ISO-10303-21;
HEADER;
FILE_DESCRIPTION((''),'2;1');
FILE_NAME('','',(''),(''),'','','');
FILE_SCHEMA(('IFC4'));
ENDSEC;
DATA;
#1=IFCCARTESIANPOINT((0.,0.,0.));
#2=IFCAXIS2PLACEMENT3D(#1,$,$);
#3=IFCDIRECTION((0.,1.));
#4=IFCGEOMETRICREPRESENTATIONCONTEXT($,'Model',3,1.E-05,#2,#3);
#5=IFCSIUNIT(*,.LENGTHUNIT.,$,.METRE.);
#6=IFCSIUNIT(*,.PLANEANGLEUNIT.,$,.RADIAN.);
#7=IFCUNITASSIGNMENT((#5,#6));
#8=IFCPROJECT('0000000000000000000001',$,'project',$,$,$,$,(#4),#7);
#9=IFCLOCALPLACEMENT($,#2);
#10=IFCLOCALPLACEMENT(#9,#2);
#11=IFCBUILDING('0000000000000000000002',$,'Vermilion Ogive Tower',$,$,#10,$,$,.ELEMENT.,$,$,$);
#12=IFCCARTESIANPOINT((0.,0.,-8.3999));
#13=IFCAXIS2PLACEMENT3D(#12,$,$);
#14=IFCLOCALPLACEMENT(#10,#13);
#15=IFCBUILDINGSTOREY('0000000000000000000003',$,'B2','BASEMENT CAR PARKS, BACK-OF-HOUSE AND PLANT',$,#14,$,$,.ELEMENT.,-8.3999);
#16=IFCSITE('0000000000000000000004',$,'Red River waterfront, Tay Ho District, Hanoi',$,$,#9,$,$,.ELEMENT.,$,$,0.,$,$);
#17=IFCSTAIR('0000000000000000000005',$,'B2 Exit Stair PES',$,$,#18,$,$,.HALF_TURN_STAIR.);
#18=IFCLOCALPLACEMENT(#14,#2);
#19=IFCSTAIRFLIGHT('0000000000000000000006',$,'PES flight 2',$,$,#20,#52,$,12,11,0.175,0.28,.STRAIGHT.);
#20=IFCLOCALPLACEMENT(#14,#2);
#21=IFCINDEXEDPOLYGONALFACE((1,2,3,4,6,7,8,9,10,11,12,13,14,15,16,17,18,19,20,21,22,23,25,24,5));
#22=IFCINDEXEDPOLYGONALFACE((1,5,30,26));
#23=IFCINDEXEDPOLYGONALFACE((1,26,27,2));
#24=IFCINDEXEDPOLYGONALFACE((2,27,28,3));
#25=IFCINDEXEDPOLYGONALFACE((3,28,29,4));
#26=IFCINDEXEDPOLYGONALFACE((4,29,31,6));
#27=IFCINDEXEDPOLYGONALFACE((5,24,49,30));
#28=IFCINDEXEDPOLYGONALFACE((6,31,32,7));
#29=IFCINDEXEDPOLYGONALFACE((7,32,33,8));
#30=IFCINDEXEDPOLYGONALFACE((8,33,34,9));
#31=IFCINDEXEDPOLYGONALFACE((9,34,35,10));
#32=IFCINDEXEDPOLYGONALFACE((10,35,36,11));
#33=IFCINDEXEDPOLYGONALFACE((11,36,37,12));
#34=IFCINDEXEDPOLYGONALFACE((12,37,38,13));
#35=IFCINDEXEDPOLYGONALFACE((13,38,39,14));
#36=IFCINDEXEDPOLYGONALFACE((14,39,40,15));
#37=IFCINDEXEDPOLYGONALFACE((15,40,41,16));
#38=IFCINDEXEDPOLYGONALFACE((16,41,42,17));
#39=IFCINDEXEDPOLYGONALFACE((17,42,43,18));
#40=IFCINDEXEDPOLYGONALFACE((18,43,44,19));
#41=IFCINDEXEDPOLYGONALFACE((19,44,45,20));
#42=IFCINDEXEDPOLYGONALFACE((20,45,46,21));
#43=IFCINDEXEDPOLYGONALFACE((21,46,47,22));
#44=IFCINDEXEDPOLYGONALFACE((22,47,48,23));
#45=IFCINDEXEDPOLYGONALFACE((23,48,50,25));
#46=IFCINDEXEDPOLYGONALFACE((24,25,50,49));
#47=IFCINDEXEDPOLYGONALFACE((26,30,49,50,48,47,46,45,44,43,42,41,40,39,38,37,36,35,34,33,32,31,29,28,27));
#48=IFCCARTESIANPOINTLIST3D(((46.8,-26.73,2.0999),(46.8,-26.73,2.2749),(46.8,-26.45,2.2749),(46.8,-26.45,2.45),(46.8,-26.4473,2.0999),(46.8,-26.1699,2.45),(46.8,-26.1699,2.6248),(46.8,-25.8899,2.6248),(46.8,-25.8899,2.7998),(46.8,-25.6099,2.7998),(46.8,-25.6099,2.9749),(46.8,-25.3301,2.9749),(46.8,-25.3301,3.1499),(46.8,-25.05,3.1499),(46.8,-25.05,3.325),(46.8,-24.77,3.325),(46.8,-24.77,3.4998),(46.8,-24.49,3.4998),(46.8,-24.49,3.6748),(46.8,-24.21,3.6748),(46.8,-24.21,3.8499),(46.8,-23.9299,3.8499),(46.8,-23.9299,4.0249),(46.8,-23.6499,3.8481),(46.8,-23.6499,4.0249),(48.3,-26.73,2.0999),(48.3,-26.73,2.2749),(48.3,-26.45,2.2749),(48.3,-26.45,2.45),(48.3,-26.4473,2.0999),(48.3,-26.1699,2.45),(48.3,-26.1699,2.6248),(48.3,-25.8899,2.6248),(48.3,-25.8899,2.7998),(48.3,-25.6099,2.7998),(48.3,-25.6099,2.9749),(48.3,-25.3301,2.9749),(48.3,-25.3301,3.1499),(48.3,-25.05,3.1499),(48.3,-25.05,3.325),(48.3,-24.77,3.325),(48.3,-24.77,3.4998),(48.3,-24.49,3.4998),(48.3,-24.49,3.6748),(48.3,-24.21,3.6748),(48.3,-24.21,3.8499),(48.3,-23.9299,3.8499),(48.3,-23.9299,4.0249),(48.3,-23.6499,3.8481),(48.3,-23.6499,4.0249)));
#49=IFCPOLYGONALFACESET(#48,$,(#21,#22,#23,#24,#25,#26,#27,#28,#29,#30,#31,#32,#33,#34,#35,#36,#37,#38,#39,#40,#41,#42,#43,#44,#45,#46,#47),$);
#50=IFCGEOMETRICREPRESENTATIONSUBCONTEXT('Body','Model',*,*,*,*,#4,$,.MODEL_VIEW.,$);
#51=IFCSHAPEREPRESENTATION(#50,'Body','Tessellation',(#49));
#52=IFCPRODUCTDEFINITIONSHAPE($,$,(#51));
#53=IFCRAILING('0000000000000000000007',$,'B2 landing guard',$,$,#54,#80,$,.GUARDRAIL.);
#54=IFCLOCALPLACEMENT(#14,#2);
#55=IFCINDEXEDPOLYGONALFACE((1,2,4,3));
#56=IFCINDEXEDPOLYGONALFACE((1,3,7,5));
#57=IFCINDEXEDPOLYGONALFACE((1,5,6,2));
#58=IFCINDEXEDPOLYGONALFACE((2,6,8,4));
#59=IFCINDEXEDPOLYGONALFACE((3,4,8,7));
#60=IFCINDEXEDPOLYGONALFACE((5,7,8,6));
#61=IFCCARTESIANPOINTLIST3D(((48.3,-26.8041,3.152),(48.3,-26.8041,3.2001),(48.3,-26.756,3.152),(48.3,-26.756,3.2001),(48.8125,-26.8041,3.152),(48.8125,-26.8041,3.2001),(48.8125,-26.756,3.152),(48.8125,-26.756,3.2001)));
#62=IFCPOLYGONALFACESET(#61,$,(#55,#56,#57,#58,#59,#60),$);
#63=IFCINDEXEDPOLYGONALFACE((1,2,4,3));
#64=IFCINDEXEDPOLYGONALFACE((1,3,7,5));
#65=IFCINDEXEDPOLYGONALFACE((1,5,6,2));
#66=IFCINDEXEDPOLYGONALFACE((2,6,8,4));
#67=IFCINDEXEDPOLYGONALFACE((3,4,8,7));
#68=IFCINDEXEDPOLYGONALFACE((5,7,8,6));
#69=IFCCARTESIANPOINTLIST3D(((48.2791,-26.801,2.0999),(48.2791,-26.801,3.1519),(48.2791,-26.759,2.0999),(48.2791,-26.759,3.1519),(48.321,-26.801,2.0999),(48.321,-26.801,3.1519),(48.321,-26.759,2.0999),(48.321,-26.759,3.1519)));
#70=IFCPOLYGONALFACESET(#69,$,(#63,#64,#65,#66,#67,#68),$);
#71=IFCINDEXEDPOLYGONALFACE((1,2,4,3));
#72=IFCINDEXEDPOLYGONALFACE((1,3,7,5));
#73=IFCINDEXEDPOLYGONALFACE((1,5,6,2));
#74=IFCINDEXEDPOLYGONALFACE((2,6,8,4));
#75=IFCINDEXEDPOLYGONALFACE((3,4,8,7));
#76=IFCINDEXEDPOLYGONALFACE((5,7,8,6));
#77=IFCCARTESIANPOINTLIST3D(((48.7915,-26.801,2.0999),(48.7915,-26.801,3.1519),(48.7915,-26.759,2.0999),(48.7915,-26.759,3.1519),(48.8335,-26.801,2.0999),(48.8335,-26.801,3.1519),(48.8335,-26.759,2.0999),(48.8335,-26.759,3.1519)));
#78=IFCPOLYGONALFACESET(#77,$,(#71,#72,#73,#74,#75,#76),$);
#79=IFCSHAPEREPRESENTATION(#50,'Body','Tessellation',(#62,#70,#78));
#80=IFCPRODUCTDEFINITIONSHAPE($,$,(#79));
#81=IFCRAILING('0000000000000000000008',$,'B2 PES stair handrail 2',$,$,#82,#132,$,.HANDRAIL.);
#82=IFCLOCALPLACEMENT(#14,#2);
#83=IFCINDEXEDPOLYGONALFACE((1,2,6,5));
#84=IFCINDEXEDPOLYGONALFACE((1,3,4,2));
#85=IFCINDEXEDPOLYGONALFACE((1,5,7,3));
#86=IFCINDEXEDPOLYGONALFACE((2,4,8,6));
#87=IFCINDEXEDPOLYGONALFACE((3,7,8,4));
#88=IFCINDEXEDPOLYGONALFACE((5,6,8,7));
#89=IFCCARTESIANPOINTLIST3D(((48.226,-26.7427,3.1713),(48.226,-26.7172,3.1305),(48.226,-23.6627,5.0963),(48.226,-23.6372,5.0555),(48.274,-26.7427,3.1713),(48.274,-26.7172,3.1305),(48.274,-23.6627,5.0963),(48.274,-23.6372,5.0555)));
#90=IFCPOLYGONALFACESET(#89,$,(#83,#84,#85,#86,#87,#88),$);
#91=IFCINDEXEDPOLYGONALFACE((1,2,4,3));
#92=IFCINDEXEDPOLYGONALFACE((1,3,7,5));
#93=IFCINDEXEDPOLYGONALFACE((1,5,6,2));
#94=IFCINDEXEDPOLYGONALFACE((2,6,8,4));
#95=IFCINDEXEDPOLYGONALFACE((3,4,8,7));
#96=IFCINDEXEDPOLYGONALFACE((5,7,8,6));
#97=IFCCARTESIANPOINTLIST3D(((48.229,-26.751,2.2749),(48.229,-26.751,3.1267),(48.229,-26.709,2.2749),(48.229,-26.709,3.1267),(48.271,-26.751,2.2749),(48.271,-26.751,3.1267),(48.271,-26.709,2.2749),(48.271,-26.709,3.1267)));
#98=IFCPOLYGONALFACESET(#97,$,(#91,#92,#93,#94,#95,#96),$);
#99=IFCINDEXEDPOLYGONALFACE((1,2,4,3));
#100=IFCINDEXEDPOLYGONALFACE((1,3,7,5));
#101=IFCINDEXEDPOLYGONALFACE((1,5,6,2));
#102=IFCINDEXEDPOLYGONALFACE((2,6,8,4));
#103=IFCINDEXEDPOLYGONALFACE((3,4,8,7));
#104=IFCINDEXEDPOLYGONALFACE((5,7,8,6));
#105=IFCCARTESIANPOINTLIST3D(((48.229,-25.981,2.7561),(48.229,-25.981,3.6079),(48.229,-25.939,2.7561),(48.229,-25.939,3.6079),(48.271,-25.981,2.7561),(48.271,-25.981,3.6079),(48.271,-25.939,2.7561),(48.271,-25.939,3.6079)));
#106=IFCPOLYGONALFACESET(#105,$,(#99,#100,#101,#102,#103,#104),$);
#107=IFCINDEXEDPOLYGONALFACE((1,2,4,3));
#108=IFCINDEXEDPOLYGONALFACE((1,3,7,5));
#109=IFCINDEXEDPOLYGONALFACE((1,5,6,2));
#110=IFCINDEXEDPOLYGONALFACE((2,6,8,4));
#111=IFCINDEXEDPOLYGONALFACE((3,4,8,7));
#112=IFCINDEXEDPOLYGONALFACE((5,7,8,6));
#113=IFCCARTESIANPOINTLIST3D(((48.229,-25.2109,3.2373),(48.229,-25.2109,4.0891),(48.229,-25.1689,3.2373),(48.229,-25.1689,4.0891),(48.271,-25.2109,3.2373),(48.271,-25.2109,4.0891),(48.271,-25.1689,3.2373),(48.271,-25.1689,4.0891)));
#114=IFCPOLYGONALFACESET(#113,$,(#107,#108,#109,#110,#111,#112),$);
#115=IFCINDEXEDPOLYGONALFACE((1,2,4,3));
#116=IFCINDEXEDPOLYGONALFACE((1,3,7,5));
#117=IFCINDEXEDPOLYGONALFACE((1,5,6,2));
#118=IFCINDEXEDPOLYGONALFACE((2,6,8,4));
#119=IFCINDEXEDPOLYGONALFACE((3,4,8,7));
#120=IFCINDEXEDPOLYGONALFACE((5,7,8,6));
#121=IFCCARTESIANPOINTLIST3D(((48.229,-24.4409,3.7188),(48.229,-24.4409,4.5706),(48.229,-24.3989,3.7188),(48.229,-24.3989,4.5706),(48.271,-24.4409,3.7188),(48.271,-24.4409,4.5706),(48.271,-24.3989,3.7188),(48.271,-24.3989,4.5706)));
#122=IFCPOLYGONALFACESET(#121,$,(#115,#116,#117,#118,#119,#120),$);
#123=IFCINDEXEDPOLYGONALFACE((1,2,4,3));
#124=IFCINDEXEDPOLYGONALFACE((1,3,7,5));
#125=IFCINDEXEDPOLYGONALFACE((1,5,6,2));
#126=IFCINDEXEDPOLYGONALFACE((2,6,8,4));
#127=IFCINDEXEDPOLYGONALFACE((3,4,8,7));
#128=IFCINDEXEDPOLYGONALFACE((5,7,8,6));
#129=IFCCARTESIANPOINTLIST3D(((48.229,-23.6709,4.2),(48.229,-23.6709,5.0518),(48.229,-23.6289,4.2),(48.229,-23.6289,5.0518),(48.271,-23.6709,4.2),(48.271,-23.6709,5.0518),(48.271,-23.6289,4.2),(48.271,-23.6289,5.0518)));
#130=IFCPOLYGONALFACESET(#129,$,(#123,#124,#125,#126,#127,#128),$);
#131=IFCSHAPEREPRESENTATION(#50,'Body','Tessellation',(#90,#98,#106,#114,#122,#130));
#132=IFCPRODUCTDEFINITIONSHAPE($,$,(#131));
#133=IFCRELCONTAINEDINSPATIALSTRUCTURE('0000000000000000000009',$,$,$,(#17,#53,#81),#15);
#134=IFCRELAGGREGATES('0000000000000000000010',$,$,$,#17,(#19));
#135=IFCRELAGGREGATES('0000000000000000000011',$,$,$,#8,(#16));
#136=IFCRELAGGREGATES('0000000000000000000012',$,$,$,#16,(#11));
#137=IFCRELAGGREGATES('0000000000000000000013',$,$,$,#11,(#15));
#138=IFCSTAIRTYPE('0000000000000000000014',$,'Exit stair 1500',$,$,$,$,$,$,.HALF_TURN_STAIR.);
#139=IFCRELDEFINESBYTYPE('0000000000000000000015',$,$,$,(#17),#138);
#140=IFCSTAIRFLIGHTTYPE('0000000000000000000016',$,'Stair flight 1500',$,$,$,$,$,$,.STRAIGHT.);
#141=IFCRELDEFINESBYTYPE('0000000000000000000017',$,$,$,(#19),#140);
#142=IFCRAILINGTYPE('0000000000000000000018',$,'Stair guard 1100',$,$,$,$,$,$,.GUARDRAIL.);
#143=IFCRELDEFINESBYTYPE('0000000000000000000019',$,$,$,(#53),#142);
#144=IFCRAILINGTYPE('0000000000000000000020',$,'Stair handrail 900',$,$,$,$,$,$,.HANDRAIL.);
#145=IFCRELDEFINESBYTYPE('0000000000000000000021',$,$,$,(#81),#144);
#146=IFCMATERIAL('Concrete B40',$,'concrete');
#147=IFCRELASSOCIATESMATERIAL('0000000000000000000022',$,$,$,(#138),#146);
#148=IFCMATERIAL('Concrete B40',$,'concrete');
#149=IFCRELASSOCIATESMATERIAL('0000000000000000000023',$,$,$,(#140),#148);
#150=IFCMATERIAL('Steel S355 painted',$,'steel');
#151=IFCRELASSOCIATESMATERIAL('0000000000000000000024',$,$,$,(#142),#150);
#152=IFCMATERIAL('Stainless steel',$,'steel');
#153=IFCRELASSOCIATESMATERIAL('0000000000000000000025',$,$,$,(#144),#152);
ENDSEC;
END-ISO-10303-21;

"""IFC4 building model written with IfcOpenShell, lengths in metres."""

from ifc_helpers import new_model, si_unit, direction, frame, origin, origin_2d, place, context, subcontext, project, spatial, polyline, rectangle, outline, extrude, material, type_object, element, aggregate, save


model = new_model("IFC4")

# Units and contexts
model_context = context("Model", 3, precision=1e-05, world=origin(), true_north=direction((0.0, 1.0)))
body_context = subcontext(model_context, "Body", "Model", "MODEL_VIEW")
ifc_project = project(units=[si_unit("LENGTHUNIT", "METRE"), si_unit("PLANEANGLEUNIT", "RADIAN")], contexts=[model_context])

# Site, building, storey
site_placement = place(None, origin())
site = spatial("IfcSite", under=ifc_project, at=site_placement, Name="Red River waterfront, Tay Ho District, Hanoi", CompositionType="ELEMENT", RefElevation=0.0)
building_placement = place(site_placement, origin())
building = spatial("IfcBuilding", under=site, at=building_placement, Name="Vermilion Ogive Tower", CompositionType="ELEMENT")
storey_placement = place(building_placement, frame((0.0, 0.0, -8.3999)))
storey = spatial("IfcBuildingStorey", under=building, at=storey_placement, Name="B2", Description="BASEMENT CAR PARKS, BACK-OF-HOUSE AND PLANT", CompositionType="ELEMENT", Elevation=-8.3999)

# Stair, stair flight
ifc_material_1 = material(Name="Concrete B40", Category="concrete")
stair_type = type_object("IfcStairType", Name="Exit stair 1500", PredefinedType="HALF_TURN_STAIR", material=ifc_material_1)
stair_placement = place(storey_placement, origin())
stair = element("IfcStair", 1, at=stair_placement, inside=storey, type_object=stair_type, Name="B2 Exit Stair PES", PredefinedType="HALF_TURN_STAIR")
ifc_material_2 = material(Name="Concrete B40", Category="concrete")
stair_flight_type = type_object("IfcStairFlightType", Name="Stair flight 1500", PredefinedType="STRAIGHT", material=ifc_material_2)
stair_flight_placement = place(storey_placement, frame((47.55, -26.73, 2.0999), z_axis=(0.0, 0.0, 1.0), x_axis=(0.0, 1.0, 0.0)))
stair_flight = element("IfcStairFlight", 2, at=stair_flight_placement, type_object=stair_flight_type, Name="PES flight 2", NumberOfRisers=12, NumberOfTreads=11, PredefinedType="STRAIGHT", RiserHeight=0.175, TreadLength=0.28, context=body_context, shape_type="SweptSolid", body=[
    extrude(outline(polyline([(0.0, 0.0), (0.0, 0.175), (0.28, 0.175), (0.28, 0.3501), (0.5601, 0.3501), (0.5601, 0.5249), (0.8401, 0.5249), (0.8401, 0.7), (1.1201, 0.7), (1.1201, 0.875), (1.3999, 0.875), (1.3999, 1.05), (1.6799, 1.05), (1.6799, 1.2251), (1.96, 1.2251), (1.96, 1.3999), (2.24, 1.3999), (2.24, 1.575), (2.52, 1.575), (2.52, 1.75), (2.8, 1.75), (2.8, 1.925), (3.0801, 1.925), (3.0801, 2.1001), (3.0801, 1.7483), (0.2827, 0.0), (0.0, 0.0)])), frame((0.0, 0.75, 0.0), z_axis=(0.0, -1.0, 0.0), x_axis=(1.0, 0.0, 0.0)), (0.0, 0.0, 1.0), 1.5),
])
aggregate(stair, [stair_flight])

# Railings
ifc_material_3 = material(Name="Steel S355 painted", Category="steel")
railing_type_1 = type_object("IfcRailingType", Name="Stair guard 1100", PredefinedType="GUARDRAIL", material=ifc_material_3)
railing_1_placement = place(storey_placement, frame((48.3, -26.78, 2.0999)))
element("IfcRailing", 3, at=railing_1_placement, inside=storey, type_object=railing_type_1, Name="B2 landing guard", PredefinedType="GUARDRAIL", context=body_context, shape_type="SweptSolid", body=[
    extrude(rectangle(XDim=0.0481, YDim=0.0481, at=origin_2d()), frame((0.0, 0.0, 1.0762), z_axis=(1.0, 0.0, 0.0), x_axis=(0.0, 1.0, 0.0)), (0.0, 0.0, 1.0), 0.5125),
    extrude(rectangle(XDim=0.042, YDim=0.042, at=origin_2d()), origin(), (0.0, 0.0, 1.0), 1.052),
    extrude(rectangle(XDim=0.042, YDim=0.042, at=origin_2d()), frame((0.5125, 0.0, 0.0)), (0.0, 0.0, 1.0), 1.052),
])
ifc_material_4 = material(Name="Stainless steel", Category="steel")
railing_type_2 = type_object("IfcRailingType", Name="Stair handrail 900", PredefinedType="HANDRAIL", material=ifc_material_4)
railing_2_placement = place(storey_placement, frame((48.25, -26.73, 2.2749)))
element("IfcRailing", 4, at=railing_2_placement, inside=storey, type_object=railing_type_2, Name="B2 PES stair handrail 2", PredefinedType="HANDRAIL", context=body_context, shape_type="SweptSolid", body=[
    extrude(rectangle(XDim=0.0481, YDim=0.0481, at=origin_2d()), frame((0.0, 0.0, 0.876), z_axis=(0.0, 0.847998, 0.529999), x_axis=(-1.0, 0.0, 0.0)), (0.0, 0.0, 1.0), 3.6321),
    extrude(rectangle(XDim=0.042, YDim=0.042, at=origin_2d()), origin(), (0.0, 0.0, 1.0), 0.8518),
    extrude(rectangle(XDim=0.042, YDim=0.042, at=origin_2d()), frame((0.0, 0.77, 0.4812)), (0.0, 0.0, 1.0), 0.8518),
    extrude(rectangle(XDim=0.042, YDim=0.042, at=origin_2d()), frame((0.0, 1.54, 0.9624)), (0.0, 0.0, 1.0), 0.8518),
    extrude(rectangle(XDim=0.042, YDim=0.042, at=origin_2d()), frame((0.0, 2.3101, 1.4438)), (0.0, 0.0, 1.0), 0.8518),
    extrude(rectangle(XDim=0.042, YDim=0.042, at=origin_2d()), frame((0.0, 3.0801, 1.925)), (0.0, 0.0, 1.0), 0.8518),
])

save(model, "model.ifc")
